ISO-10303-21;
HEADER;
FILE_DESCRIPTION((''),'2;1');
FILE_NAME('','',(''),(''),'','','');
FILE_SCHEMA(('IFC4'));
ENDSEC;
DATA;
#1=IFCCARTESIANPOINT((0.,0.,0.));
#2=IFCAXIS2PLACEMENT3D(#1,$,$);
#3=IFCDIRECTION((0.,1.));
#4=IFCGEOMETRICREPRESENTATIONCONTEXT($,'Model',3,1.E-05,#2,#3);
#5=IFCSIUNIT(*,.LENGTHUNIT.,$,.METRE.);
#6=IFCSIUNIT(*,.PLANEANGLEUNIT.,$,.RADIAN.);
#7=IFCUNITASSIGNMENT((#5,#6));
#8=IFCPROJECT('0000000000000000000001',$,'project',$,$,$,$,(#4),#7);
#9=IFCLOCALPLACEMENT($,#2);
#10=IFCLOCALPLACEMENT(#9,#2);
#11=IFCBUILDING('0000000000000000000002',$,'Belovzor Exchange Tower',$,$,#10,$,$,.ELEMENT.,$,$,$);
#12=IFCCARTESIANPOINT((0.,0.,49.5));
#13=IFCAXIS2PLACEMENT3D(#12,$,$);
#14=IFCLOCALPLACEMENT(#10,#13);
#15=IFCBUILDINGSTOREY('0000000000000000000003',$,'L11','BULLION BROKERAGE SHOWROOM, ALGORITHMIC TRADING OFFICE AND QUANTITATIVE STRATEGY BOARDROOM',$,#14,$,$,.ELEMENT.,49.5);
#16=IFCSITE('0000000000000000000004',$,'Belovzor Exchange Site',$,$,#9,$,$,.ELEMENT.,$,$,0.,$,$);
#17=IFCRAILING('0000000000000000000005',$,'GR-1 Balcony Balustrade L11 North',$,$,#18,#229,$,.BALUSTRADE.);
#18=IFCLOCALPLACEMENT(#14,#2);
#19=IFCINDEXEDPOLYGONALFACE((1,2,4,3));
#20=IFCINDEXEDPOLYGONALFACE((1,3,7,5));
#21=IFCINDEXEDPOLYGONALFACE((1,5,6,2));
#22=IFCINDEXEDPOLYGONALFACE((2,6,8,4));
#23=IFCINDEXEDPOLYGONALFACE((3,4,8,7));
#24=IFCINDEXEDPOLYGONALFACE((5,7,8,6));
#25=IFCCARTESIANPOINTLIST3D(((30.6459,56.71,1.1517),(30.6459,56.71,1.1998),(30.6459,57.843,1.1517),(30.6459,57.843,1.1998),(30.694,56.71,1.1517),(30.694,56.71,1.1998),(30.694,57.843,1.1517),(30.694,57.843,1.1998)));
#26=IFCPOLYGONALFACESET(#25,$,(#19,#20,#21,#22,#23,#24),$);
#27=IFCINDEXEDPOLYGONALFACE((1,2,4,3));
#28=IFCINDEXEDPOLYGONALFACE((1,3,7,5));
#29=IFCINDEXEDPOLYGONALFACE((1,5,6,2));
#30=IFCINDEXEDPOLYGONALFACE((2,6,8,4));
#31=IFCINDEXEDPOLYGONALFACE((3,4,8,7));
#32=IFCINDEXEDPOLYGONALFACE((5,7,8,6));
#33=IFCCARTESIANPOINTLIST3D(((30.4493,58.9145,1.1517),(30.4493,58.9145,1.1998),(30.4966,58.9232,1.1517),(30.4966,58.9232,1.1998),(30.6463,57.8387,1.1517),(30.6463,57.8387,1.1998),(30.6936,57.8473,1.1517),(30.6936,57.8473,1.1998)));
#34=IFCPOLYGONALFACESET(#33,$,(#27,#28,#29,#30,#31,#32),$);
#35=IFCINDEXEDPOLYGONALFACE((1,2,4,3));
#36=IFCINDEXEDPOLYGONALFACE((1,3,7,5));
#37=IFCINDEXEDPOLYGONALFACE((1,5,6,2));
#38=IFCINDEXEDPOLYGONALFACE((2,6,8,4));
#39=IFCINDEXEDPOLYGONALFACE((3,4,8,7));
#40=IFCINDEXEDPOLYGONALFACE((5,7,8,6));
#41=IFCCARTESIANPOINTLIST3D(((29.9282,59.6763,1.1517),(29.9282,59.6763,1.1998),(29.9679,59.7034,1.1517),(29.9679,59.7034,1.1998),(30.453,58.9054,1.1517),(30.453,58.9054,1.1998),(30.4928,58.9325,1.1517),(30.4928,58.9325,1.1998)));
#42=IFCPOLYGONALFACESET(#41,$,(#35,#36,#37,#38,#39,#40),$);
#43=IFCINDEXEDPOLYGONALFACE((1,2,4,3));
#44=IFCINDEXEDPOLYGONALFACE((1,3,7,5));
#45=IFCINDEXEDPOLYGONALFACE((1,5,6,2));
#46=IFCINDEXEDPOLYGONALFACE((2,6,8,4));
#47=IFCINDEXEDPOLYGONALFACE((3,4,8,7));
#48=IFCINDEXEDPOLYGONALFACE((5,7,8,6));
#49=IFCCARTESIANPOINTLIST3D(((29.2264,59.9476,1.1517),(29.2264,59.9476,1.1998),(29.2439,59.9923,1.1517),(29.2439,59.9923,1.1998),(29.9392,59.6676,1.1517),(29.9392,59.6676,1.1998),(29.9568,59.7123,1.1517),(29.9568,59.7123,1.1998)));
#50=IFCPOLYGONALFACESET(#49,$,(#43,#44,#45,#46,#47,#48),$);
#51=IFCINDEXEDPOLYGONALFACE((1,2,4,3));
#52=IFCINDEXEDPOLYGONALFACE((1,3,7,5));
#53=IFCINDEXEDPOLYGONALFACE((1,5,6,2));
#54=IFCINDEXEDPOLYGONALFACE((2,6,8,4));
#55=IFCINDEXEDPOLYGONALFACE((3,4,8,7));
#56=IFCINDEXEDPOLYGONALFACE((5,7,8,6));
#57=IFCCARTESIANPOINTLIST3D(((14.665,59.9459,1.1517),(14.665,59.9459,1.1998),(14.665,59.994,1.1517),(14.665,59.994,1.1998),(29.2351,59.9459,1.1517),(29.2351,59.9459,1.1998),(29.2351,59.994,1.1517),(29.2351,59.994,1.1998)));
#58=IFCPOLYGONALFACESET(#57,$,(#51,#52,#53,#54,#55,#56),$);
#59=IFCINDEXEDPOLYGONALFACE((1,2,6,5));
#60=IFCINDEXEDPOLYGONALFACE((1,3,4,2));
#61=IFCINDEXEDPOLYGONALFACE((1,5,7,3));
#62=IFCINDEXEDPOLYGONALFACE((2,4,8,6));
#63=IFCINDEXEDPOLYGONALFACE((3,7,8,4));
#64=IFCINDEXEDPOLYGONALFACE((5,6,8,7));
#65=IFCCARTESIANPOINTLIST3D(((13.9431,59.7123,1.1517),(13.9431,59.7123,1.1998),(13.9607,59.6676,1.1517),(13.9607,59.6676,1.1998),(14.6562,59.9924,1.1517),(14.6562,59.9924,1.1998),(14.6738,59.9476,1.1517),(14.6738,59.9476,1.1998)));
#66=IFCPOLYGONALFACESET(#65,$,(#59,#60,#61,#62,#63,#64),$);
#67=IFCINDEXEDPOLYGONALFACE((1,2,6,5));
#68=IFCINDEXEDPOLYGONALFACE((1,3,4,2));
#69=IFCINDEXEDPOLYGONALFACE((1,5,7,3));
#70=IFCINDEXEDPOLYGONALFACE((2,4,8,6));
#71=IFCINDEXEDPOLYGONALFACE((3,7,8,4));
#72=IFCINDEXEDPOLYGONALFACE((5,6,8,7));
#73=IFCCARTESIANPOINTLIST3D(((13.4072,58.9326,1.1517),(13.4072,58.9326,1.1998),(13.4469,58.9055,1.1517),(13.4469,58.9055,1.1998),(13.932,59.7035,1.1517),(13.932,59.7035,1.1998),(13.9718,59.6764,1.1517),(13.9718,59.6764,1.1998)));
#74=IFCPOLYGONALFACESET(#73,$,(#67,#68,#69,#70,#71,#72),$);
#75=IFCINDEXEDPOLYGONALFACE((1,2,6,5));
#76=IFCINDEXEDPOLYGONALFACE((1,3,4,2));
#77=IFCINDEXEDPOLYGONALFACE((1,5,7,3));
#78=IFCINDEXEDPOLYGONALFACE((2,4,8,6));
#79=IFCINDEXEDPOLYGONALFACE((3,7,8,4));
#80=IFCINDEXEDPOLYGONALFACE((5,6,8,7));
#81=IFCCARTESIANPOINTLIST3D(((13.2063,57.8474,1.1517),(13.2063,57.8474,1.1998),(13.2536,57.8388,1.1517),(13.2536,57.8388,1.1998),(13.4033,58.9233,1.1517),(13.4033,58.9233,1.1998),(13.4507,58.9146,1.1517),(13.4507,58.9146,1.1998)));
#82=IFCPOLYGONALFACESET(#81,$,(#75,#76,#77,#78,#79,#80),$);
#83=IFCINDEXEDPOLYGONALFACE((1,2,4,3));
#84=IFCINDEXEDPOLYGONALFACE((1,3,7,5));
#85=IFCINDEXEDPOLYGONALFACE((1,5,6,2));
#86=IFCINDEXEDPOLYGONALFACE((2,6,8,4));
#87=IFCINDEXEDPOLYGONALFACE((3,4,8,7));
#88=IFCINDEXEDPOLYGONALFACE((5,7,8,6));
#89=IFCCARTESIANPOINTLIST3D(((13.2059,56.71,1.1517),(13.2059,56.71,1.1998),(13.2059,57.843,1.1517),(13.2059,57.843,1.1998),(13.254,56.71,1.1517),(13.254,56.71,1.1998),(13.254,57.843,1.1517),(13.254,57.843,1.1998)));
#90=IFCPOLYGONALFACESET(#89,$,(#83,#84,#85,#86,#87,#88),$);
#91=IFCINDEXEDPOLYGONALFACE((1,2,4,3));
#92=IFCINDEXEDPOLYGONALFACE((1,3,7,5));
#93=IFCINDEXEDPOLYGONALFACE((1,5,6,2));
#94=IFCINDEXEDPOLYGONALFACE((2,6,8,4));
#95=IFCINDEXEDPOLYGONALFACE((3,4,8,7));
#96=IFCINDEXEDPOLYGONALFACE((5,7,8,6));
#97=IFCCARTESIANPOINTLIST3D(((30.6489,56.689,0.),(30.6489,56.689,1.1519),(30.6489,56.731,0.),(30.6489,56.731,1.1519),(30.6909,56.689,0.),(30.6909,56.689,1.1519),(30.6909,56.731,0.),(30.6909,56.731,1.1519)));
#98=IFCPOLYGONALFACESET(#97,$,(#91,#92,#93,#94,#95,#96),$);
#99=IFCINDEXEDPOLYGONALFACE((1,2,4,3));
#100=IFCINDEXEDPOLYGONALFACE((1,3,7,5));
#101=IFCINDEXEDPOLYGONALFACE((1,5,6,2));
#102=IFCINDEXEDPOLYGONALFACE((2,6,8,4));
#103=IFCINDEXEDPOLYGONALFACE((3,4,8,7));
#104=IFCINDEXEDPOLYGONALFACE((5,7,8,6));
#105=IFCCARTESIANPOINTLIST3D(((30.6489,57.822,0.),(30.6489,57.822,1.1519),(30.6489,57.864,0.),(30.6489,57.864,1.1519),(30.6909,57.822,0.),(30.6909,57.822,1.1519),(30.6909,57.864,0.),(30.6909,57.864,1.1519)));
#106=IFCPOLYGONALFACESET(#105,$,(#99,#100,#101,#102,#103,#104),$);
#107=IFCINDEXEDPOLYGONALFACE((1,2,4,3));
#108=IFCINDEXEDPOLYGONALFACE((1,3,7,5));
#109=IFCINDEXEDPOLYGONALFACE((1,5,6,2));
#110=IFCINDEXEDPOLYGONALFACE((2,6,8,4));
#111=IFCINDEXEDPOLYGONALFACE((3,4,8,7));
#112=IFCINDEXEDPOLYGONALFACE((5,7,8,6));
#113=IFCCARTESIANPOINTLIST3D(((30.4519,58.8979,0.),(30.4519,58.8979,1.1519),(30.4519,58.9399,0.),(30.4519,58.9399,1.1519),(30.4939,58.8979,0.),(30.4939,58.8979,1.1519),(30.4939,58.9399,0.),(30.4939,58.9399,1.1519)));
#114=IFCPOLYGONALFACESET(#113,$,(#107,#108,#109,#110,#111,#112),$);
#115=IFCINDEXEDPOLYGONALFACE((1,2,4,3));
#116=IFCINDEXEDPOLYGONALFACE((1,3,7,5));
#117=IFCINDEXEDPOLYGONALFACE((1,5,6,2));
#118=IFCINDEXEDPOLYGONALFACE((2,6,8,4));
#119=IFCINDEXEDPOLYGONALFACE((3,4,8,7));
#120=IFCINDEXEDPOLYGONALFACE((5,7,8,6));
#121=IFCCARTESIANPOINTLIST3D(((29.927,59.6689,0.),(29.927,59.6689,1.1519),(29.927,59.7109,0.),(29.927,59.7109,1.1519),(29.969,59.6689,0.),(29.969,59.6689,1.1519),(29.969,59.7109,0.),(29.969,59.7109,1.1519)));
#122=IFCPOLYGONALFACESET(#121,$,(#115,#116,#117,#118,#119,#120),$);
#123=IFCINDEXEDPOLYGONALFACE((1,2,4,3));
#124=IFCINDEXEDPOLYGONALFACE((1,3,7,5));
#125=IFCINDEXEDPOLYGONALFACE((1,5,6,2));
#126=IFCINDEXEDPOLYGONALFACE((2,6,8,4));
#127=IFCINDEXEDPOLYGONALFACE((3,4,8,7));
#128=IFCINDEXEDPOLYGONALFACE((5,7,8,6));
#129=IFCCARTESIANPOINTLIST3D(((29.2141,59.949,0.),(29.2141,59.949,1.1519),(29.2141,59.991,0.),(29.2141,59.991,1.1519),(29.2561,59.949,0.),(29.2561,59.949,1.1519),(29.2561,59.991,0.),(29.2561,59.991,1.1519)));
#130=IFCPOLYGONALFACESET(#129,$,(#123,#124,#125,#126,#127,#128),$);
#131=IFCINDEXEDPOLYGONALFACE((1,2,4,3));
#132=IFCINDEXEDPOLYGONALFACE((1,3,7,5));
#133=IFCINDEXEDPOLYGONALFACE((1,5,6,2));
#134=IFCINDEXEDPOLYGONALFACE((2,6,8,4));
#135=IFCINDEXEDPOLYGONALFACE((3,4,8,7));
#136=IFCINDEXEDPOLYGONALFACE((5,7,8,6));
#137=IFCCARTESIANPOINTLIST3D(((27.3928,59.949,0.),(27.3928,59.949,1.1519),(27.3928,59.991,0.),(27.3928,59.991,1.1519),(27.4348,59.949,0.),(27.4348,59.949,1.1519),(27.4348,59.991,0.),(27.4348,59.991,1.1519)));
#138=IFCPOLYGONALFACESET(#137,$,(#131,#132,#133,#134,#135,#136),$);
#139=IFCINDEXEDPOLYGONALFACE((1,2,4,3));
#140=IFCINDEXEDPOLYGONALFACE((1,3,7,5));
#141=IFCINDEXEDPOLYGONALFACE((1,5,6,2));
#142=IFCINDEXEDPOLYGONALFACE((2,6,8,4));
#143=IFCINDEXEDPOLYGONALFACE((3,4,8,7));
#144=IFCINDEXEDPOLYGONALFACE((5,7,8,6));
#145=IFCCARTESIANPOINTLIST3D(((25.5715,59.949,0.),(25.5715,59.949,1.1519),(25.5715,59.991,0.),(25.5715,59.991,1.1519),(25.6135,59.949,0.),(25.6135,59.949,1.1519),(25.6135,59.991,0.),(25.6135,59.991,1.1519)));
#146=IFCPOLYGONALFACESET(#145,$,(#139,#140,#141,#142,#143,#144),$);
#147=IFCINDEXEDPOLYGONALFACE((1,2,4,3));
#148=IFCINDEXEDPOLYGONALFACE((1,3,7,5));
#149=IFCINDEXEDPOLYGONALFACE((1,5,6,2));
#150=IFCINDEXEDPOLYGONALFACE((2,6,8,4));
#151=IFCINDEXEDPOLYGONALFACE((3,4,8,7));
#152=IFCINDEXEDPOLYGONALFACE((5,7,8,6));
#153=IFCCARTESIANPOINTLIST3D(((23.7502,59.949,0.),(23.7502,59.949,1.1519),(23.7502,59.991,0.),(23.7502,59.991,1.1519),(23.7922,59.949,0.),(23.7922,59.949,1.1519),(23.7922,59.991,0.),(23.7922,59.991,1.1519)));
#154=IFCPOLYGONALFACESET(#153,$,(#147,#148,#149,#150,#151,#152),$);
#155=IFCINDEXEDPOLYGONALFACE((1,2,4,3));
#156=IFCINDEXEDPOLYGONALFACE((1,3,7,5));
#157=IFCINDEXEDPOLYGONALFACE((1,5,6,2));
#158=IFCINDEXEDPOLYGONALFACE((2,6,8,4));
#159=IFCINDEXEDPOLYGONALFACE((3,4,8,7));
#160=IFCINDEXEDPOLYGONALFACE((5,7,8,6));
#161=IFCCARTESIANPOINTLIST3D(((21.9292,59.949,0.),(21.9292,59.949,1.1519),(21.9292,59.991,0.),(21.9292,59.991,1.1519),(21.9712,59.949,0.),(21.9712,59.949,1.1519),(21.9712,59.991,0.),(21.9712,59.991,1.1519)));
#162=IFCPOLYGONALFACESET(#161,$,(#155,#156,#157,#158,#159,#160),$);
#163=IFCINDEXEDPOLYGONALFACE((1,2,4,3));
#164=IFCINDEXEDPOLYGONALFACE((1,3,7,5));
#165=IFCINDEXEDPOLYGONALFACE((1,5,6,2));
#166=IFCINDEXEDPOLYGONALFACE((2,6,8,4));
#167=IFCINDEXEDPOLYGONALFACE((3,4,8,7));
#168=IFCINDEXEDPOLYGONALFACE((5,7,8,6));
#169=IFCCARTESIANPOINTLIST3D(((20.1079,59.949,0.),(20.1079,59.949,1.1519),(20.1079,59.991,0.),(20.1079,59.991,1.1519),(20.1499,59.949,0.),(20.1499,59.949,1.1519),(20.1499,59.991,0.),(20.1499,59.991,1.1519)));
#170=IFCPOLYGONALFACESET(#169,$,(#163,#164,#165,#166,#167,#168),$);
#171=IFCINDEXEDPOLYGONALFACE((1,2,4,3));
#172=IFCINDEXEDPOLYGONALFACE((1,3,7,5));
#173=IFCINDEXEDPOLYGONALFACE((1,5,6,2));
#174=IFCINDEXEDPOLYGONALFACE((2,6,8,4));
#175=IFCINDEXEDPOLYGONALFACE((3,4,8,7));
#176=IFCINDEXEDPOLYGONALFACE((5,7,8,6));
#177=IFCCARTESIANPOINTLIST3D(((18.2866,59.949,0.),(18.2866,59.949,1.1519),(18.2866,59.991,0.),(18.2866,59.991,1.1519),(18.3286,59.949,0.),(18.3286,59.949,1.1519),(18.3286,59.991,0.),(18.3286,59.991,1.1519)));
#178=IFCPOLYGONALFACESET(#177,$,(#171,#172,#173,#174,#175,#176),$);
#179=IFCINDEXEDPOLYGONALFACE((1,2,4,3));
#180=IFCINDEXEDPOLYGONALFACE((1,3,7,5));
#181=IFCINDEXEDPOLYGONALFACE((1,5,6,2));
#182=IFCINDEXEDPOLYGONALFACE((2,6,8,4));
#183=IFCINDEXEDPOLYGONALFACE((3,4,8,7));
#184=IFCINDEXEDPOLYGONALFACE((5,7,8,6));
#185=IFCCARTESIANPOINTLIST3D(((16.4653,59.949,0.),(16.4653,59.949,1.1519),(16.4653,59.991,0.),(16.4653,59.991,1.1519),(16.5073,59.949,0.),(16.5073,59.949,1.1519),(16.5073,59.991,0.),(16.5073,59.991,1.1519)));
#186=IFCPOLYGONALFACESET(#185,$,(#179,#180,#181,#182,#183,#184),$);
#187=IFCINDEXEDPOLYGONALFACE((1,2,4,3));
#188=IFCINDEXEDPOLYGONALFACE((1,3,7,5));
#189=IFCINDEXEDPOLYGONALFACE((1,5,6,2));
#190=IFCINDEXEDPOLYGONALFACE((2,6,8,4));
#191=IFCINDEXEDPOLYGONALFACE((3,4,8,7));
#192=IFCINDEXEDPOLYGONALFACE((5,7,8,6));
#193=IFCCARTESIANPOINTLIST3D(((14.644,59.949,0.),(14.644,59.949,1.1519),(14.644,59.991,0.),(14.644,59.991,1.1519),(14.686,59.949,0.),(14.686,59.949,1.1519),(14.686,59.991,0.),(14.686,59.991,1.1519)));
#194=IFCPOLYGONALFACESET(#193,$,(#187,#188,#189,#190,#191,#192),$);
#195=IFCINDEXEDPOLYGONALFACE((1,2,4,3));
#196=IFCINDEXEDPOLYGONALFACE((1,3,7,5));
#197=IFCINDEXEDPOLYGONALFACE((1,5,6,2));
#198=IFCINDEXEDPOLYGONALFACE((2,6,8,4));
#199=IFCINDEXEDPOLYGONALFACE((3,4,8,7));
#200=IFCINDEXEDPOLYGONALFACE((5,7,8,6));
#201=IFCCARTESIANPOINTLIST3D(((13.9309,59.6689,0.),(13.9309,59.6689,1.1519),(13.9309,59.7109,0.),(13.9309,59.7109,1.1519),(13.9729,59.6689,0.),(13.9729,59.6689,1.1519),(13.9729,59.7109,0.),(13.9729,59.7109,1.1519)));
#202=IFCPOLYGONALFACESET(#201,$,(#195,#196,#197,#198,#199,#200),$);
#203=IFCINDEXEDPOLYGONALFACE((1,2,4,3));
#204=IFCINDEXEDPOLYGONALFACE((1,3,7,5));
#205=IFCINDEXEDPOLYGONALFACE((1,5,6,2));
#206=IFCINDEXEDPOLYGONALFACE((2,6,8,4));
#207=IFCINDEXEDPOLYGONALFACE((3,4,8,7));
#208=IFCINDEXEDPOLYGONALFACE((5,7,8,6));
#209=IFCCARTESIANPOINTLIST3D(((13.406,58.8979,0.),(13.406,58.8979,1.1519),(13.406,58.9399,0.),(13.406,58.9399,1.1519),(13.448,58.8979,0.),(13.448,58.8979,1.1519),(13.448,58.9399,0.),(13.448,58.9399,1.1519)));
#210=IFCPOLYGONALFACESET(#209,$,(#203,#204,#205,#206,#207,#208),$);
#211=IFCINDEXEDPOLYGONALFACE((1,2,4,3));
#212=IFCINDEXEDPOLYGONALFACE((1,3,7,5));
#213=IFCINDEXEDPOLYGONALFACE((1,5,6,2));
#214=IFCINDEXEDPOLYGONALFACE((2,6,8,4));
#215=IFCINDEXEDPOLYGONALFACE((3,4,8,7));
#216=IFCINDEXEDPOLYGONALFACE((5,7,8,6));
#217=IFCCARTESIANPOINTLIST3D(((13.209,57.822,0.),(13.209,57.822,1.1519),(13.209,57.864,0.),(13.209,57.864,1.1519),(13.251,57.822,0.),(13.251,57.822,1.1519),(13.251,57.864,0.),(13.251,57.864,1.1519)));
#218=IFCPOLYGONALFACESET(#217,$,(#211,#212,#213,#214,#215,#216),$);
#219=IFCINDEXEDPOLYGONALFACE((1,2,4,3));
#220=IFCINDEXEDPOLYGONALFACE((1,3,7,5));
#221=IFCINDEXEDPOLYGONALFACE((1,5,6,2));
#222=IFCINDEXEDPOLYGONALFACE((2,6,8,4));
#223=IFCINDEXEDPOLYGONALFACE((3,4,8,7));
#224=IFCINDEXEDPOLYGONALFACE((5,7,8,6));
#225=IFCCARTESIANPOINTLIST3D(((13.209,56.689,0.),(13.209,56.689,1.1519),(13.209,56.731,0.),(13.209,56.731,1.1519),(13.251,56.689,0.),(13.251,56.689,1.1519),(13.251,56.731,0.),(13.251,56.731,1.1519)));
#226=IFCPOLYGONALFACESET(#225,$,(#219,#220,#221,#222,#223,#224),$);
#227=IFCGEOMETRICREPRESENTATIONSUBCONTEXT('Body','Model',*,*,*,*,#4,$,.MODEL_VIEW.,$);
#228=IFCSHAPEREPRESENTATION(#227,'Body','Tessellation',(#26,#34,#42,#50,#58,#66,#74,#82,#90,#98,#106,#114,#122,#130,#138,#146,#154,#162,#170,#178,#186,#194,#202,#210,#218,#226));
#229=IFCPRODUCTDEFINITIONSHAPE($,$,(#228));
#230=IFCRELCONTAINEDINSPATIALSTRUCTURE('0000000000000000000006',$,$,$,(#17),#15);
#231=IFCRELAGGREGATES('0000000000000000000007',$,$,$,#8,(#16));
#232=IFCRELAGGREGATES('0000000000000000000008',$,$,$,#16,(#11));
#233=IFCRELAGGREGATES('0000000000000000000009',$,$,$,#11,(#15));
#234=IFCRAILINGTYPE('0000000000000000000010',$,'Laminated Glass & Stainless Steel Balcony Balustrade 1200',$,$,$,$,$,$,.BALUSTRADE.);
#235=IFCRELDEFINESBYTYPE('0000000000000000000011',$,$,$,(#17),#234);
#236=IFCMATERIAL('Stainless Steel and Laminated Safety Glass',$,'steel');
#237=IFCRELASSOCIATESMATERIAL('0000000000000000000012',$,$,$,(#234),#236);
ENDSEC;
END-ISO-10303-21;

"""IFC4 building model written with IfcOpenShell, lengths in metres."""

from ifc_helpers import new_model, si_unit, direction, frame, origin, origin_2d, place, context, subcontext, project, spatial, rectangle, extrude, material, type_object, element, save


model = new_model("IFC4")

# Units and contexts
model_context = context("Model", 3, precision=1e-05, world=origin(), true_north=direction((0.0, 1.0)))
body_context = subcontext(model_context, "Body", "Model", "MODEL_VIEW")
ifc_project = project(units=[si_unit("LENGTHUNIT", "METRE"), si_unit("PLANEANGLEUNIT", "RADIAN")], contexts=[model_context])

# Site, building, storey
site_placement = place(None, origin())
site = spatial("IfcSite", under=ifc_project, at=site_placement, Name="Belovzor Exchange Site", CompositionType="ELEMENT", RefElevation=0.0)
building_placement = place(site_placement, origin())
building = spatial("IfcBuilding", under=site, at=building_placement, Name="Belovzor Exchange Tower", CompositionType="ELEMENT")
storey_placement = place(building_placement, frame((0.0, 0.0, 49.5)))
storey = spatial("IfcBuildingStorey", under=building, at=storey_placement, Name="L11", Description="BULLION BROKERAGE SHOWROOM, ALGORITHMIC TRADING OFFICE AND QUANTITATIVE STRATEGY BOARDROOM", CompositionType="ELEMENT", Elevation=49.5)

# Railing
ifc_material_1 = material(Name="Stainless Steel and Laminated Safety Glass", Category="steel")
railing_type = type_object("IfcRailingType", Name="Laminated Glass & Stainless Steel Balcony Balustrade 1200", PredefinedType="BALUSTRADE", material=ifc_material_1)
railing_placement = place(storey_placement, frame((30.6699, 56.71, 0.0)))
element("IfcRailing", 1, at=railing_placement, inside=storey, type_object=railing_type, Name="GR-1 Balcony Balustrade L11 North", PredefinedType="BALUSTRADE", context=body_context, shape_type="SweptSolid", body=[
    extrude(rectangle(XDim=0.0481, YDim=0.0481, at=origin_2d()), frame((0.0, 0.0, 1.1758), z_axis=(0.0, 1.0, 0.0), x_axis=(-1.0, 0.0, 0.0)), (0.0, 0.0, 1.0), 1.1331),
    extrude(rectangle(XDim=0.0481, YDim=0.0481, at=origin_2d()), frame((0.0, 1.1331, 1.1758), z_axis=(-0.180123, 0.983644, 0.0), x_axis=(-0.983644, -0.180123, 0.0)), (0.0, 0.0, 1.0), 1.0938),
    extrude(rectangle(XDim=0.0481, YDim=0.0481, at=origin_2d()), frame((-0.197, 2.209, 1.1758), z_axis=(-0.562768, 0.826615, 0.0), x_axis=(-0.826615, -0.562768, 0.0)), (0.0, 0.0, 1.0), 0.9326),
    extrude(rectangle(XDim=0.0481, YDim=0.0481, at=origin_2d()), frame((-0.7219, 2.98, 1.1758), z_axis=(-0.930767, 0.365613, 0.0), x_axis=(-0.365613, -0.930767, 0.0)), (0.0, 0.0, 1.0), 0.7659),
    extrude(rectangle(XDim=0.0481, YDim=0.0481, at=origin_2d()), frame((-1.4348, 3.26, 1.1758), z_axis=(-1.0, 0.0, 0.0), x_axis=(0.0, -1.0, 0.0)), (0.0, 0.0, 1.0), 14.5701),
    extrude(rectangle(XDim=0.0481, YDim=0.0481, at=origin_2d()), frame((-16.0049, 3.26, 1.1758), z_axis=(-0.93081, -0.365504, 0.0), x_axis=(0.365504, -0.93081, 0.0)), (0.0, 0.0, 1.0), 0.7661),
    extrude(rectangle(XDim=0.0481, YDim=0.0481, at=origin_2d()), frame((-16.718, 2.98, 1.1758), z_axis=(-0.562768, -0.826615, 0.0), x_axis=(0.826615, -0.562768, 0.0)), (0.0, 0.0, 1.0), 0.9326),
    extrude(rectangle(XDim=0.0481, YDim=0.0481, at=origin_2d()), frame((-17.2429, 2.209, 1.1758), z_axis=(-0.180123, -0.983644, 0.0), x_axis=(0.983644, -0.180123, 0.0)), (0.0, 0.0, 1.0), 1.0938),
    extrude(rectangle(XDim=0.0481, YDim=0.0481, at=origin_2d()), frame((-17.4399, 1.1331, 1.1758), z_axis=(0.0, -1.0, 0.0), x_axis=(1.0, 0.0, 0.0)), (0.0, 0.0, 1.0), 1.1331),
    extrude(rectangle(XDim=0.042, YDim=0.042, at=origin_2d()), origin(), (0.0, 0.0, 1.0), 1.1519),
    extrude(rectangle(XDim=0.042, YDim=0.042, at=origin_2d()), frame((0.0, 1.1331, 0.0)), (0.0, 0.0, 1.0), 1.1519),
    extrude(rectangle(XDim=0.042, YDim=0.042, at=origin_2d()), frame((-0.197, 2.209, 0.0)), (0.0, 0.0, 1.0), 1.1519),
    extrude(rectangle(XDim=0.042, YDim=0.042, at=origin_2d()), frame((-0.7219, 2.98, 0.0)), (0.0, 0.0, 1.0), 1.1519),
    extrude(rectangle(XDim=0.042, YDim=0.042, at=origin_2d()), frame((-1.4348, 3.26, 0.0)), (0.0, 0.0, 1.0), 1.1519),
    extrude(rectangle(XDim=0.042, YDim=0.042, at=origin_2d()), frame((-3.2561, 3.26, 0.0)), (0.0, 0.0, 1.0), 1.1519),
    extrude(rectangle(XDim=0.042, YDim=0.042, at=origin_2d()), frame((-5.0774, 3.26, 0.0)), (0.0, 0.0, 1.0), 1.1519),
    extrude(rectangle(XDim=0.042, YDim=0.042, at=origin_2d()), frame((-6.8987, 3.26, 0.0)), (0.0, 0.0, 1.0), 1.1519),
    extrude(rectangle(XDim=0.042, YDim=0.042, at=origin_2d()), frame((-8.7197, 3.26, 0.0)), (0.0, 0.0, 1.0), 1.1519),
    extrude(rectangle(XDim=0.042, YDim=0.042, at=origin_2d()), frame((-10.541, 3.26, 0.0)), (0.0, 0.0, 1.0), 1.1519),
    extrude(rectangle(XDim=0.042, YDim=0.042, at=origin_2d()), frame((-12.3623, 3.26, 0.0)), (0.0, 0.0, 1.0), 1.1519),
    extrude(rectangle(XDim=0.042, YDim=0.042, at=origin_2d()), frame((-14.1836, 3.26, 0.0)), (0.0, 0.0, 1.0), 1.1519),
    extrude(rectangle(XDim=0.042, YDim=0.042, at=origin_2d()), frame((-16.0049, 3.26, 0.0)), (0.0, 0.0, 1.0), 1.1519),
    extrude(rectangle(XDim=0.042, YDim=0.042, at=origin_2d()), frame((-16.718, 2.98, 0.0)), (0.0, 0.0, 1.0), 1.1519),
    extrude(rectangle(XDim=0.042, YDim=0.042, at=origin_2d()), frame((-17.2429, 2.209, 0.0)), (0.0, 0.0, 1.0), 1.1519),
    extrude(rectangle(XDim=0.042, YDim=0.042, at=origin_2d()), frame((-17.4399, 1.1331, 0.0)), (0.0, 0.0, 1.0), 1.1519),
    extrude(rectangle(XDim=0.042, YDim=0.042, at=origin_2d()), frame((-17.4399, 0.0, 0.0)), (0.0, 0.0, 1.0), 1.1519),
])

save(model, "model.ifc")
